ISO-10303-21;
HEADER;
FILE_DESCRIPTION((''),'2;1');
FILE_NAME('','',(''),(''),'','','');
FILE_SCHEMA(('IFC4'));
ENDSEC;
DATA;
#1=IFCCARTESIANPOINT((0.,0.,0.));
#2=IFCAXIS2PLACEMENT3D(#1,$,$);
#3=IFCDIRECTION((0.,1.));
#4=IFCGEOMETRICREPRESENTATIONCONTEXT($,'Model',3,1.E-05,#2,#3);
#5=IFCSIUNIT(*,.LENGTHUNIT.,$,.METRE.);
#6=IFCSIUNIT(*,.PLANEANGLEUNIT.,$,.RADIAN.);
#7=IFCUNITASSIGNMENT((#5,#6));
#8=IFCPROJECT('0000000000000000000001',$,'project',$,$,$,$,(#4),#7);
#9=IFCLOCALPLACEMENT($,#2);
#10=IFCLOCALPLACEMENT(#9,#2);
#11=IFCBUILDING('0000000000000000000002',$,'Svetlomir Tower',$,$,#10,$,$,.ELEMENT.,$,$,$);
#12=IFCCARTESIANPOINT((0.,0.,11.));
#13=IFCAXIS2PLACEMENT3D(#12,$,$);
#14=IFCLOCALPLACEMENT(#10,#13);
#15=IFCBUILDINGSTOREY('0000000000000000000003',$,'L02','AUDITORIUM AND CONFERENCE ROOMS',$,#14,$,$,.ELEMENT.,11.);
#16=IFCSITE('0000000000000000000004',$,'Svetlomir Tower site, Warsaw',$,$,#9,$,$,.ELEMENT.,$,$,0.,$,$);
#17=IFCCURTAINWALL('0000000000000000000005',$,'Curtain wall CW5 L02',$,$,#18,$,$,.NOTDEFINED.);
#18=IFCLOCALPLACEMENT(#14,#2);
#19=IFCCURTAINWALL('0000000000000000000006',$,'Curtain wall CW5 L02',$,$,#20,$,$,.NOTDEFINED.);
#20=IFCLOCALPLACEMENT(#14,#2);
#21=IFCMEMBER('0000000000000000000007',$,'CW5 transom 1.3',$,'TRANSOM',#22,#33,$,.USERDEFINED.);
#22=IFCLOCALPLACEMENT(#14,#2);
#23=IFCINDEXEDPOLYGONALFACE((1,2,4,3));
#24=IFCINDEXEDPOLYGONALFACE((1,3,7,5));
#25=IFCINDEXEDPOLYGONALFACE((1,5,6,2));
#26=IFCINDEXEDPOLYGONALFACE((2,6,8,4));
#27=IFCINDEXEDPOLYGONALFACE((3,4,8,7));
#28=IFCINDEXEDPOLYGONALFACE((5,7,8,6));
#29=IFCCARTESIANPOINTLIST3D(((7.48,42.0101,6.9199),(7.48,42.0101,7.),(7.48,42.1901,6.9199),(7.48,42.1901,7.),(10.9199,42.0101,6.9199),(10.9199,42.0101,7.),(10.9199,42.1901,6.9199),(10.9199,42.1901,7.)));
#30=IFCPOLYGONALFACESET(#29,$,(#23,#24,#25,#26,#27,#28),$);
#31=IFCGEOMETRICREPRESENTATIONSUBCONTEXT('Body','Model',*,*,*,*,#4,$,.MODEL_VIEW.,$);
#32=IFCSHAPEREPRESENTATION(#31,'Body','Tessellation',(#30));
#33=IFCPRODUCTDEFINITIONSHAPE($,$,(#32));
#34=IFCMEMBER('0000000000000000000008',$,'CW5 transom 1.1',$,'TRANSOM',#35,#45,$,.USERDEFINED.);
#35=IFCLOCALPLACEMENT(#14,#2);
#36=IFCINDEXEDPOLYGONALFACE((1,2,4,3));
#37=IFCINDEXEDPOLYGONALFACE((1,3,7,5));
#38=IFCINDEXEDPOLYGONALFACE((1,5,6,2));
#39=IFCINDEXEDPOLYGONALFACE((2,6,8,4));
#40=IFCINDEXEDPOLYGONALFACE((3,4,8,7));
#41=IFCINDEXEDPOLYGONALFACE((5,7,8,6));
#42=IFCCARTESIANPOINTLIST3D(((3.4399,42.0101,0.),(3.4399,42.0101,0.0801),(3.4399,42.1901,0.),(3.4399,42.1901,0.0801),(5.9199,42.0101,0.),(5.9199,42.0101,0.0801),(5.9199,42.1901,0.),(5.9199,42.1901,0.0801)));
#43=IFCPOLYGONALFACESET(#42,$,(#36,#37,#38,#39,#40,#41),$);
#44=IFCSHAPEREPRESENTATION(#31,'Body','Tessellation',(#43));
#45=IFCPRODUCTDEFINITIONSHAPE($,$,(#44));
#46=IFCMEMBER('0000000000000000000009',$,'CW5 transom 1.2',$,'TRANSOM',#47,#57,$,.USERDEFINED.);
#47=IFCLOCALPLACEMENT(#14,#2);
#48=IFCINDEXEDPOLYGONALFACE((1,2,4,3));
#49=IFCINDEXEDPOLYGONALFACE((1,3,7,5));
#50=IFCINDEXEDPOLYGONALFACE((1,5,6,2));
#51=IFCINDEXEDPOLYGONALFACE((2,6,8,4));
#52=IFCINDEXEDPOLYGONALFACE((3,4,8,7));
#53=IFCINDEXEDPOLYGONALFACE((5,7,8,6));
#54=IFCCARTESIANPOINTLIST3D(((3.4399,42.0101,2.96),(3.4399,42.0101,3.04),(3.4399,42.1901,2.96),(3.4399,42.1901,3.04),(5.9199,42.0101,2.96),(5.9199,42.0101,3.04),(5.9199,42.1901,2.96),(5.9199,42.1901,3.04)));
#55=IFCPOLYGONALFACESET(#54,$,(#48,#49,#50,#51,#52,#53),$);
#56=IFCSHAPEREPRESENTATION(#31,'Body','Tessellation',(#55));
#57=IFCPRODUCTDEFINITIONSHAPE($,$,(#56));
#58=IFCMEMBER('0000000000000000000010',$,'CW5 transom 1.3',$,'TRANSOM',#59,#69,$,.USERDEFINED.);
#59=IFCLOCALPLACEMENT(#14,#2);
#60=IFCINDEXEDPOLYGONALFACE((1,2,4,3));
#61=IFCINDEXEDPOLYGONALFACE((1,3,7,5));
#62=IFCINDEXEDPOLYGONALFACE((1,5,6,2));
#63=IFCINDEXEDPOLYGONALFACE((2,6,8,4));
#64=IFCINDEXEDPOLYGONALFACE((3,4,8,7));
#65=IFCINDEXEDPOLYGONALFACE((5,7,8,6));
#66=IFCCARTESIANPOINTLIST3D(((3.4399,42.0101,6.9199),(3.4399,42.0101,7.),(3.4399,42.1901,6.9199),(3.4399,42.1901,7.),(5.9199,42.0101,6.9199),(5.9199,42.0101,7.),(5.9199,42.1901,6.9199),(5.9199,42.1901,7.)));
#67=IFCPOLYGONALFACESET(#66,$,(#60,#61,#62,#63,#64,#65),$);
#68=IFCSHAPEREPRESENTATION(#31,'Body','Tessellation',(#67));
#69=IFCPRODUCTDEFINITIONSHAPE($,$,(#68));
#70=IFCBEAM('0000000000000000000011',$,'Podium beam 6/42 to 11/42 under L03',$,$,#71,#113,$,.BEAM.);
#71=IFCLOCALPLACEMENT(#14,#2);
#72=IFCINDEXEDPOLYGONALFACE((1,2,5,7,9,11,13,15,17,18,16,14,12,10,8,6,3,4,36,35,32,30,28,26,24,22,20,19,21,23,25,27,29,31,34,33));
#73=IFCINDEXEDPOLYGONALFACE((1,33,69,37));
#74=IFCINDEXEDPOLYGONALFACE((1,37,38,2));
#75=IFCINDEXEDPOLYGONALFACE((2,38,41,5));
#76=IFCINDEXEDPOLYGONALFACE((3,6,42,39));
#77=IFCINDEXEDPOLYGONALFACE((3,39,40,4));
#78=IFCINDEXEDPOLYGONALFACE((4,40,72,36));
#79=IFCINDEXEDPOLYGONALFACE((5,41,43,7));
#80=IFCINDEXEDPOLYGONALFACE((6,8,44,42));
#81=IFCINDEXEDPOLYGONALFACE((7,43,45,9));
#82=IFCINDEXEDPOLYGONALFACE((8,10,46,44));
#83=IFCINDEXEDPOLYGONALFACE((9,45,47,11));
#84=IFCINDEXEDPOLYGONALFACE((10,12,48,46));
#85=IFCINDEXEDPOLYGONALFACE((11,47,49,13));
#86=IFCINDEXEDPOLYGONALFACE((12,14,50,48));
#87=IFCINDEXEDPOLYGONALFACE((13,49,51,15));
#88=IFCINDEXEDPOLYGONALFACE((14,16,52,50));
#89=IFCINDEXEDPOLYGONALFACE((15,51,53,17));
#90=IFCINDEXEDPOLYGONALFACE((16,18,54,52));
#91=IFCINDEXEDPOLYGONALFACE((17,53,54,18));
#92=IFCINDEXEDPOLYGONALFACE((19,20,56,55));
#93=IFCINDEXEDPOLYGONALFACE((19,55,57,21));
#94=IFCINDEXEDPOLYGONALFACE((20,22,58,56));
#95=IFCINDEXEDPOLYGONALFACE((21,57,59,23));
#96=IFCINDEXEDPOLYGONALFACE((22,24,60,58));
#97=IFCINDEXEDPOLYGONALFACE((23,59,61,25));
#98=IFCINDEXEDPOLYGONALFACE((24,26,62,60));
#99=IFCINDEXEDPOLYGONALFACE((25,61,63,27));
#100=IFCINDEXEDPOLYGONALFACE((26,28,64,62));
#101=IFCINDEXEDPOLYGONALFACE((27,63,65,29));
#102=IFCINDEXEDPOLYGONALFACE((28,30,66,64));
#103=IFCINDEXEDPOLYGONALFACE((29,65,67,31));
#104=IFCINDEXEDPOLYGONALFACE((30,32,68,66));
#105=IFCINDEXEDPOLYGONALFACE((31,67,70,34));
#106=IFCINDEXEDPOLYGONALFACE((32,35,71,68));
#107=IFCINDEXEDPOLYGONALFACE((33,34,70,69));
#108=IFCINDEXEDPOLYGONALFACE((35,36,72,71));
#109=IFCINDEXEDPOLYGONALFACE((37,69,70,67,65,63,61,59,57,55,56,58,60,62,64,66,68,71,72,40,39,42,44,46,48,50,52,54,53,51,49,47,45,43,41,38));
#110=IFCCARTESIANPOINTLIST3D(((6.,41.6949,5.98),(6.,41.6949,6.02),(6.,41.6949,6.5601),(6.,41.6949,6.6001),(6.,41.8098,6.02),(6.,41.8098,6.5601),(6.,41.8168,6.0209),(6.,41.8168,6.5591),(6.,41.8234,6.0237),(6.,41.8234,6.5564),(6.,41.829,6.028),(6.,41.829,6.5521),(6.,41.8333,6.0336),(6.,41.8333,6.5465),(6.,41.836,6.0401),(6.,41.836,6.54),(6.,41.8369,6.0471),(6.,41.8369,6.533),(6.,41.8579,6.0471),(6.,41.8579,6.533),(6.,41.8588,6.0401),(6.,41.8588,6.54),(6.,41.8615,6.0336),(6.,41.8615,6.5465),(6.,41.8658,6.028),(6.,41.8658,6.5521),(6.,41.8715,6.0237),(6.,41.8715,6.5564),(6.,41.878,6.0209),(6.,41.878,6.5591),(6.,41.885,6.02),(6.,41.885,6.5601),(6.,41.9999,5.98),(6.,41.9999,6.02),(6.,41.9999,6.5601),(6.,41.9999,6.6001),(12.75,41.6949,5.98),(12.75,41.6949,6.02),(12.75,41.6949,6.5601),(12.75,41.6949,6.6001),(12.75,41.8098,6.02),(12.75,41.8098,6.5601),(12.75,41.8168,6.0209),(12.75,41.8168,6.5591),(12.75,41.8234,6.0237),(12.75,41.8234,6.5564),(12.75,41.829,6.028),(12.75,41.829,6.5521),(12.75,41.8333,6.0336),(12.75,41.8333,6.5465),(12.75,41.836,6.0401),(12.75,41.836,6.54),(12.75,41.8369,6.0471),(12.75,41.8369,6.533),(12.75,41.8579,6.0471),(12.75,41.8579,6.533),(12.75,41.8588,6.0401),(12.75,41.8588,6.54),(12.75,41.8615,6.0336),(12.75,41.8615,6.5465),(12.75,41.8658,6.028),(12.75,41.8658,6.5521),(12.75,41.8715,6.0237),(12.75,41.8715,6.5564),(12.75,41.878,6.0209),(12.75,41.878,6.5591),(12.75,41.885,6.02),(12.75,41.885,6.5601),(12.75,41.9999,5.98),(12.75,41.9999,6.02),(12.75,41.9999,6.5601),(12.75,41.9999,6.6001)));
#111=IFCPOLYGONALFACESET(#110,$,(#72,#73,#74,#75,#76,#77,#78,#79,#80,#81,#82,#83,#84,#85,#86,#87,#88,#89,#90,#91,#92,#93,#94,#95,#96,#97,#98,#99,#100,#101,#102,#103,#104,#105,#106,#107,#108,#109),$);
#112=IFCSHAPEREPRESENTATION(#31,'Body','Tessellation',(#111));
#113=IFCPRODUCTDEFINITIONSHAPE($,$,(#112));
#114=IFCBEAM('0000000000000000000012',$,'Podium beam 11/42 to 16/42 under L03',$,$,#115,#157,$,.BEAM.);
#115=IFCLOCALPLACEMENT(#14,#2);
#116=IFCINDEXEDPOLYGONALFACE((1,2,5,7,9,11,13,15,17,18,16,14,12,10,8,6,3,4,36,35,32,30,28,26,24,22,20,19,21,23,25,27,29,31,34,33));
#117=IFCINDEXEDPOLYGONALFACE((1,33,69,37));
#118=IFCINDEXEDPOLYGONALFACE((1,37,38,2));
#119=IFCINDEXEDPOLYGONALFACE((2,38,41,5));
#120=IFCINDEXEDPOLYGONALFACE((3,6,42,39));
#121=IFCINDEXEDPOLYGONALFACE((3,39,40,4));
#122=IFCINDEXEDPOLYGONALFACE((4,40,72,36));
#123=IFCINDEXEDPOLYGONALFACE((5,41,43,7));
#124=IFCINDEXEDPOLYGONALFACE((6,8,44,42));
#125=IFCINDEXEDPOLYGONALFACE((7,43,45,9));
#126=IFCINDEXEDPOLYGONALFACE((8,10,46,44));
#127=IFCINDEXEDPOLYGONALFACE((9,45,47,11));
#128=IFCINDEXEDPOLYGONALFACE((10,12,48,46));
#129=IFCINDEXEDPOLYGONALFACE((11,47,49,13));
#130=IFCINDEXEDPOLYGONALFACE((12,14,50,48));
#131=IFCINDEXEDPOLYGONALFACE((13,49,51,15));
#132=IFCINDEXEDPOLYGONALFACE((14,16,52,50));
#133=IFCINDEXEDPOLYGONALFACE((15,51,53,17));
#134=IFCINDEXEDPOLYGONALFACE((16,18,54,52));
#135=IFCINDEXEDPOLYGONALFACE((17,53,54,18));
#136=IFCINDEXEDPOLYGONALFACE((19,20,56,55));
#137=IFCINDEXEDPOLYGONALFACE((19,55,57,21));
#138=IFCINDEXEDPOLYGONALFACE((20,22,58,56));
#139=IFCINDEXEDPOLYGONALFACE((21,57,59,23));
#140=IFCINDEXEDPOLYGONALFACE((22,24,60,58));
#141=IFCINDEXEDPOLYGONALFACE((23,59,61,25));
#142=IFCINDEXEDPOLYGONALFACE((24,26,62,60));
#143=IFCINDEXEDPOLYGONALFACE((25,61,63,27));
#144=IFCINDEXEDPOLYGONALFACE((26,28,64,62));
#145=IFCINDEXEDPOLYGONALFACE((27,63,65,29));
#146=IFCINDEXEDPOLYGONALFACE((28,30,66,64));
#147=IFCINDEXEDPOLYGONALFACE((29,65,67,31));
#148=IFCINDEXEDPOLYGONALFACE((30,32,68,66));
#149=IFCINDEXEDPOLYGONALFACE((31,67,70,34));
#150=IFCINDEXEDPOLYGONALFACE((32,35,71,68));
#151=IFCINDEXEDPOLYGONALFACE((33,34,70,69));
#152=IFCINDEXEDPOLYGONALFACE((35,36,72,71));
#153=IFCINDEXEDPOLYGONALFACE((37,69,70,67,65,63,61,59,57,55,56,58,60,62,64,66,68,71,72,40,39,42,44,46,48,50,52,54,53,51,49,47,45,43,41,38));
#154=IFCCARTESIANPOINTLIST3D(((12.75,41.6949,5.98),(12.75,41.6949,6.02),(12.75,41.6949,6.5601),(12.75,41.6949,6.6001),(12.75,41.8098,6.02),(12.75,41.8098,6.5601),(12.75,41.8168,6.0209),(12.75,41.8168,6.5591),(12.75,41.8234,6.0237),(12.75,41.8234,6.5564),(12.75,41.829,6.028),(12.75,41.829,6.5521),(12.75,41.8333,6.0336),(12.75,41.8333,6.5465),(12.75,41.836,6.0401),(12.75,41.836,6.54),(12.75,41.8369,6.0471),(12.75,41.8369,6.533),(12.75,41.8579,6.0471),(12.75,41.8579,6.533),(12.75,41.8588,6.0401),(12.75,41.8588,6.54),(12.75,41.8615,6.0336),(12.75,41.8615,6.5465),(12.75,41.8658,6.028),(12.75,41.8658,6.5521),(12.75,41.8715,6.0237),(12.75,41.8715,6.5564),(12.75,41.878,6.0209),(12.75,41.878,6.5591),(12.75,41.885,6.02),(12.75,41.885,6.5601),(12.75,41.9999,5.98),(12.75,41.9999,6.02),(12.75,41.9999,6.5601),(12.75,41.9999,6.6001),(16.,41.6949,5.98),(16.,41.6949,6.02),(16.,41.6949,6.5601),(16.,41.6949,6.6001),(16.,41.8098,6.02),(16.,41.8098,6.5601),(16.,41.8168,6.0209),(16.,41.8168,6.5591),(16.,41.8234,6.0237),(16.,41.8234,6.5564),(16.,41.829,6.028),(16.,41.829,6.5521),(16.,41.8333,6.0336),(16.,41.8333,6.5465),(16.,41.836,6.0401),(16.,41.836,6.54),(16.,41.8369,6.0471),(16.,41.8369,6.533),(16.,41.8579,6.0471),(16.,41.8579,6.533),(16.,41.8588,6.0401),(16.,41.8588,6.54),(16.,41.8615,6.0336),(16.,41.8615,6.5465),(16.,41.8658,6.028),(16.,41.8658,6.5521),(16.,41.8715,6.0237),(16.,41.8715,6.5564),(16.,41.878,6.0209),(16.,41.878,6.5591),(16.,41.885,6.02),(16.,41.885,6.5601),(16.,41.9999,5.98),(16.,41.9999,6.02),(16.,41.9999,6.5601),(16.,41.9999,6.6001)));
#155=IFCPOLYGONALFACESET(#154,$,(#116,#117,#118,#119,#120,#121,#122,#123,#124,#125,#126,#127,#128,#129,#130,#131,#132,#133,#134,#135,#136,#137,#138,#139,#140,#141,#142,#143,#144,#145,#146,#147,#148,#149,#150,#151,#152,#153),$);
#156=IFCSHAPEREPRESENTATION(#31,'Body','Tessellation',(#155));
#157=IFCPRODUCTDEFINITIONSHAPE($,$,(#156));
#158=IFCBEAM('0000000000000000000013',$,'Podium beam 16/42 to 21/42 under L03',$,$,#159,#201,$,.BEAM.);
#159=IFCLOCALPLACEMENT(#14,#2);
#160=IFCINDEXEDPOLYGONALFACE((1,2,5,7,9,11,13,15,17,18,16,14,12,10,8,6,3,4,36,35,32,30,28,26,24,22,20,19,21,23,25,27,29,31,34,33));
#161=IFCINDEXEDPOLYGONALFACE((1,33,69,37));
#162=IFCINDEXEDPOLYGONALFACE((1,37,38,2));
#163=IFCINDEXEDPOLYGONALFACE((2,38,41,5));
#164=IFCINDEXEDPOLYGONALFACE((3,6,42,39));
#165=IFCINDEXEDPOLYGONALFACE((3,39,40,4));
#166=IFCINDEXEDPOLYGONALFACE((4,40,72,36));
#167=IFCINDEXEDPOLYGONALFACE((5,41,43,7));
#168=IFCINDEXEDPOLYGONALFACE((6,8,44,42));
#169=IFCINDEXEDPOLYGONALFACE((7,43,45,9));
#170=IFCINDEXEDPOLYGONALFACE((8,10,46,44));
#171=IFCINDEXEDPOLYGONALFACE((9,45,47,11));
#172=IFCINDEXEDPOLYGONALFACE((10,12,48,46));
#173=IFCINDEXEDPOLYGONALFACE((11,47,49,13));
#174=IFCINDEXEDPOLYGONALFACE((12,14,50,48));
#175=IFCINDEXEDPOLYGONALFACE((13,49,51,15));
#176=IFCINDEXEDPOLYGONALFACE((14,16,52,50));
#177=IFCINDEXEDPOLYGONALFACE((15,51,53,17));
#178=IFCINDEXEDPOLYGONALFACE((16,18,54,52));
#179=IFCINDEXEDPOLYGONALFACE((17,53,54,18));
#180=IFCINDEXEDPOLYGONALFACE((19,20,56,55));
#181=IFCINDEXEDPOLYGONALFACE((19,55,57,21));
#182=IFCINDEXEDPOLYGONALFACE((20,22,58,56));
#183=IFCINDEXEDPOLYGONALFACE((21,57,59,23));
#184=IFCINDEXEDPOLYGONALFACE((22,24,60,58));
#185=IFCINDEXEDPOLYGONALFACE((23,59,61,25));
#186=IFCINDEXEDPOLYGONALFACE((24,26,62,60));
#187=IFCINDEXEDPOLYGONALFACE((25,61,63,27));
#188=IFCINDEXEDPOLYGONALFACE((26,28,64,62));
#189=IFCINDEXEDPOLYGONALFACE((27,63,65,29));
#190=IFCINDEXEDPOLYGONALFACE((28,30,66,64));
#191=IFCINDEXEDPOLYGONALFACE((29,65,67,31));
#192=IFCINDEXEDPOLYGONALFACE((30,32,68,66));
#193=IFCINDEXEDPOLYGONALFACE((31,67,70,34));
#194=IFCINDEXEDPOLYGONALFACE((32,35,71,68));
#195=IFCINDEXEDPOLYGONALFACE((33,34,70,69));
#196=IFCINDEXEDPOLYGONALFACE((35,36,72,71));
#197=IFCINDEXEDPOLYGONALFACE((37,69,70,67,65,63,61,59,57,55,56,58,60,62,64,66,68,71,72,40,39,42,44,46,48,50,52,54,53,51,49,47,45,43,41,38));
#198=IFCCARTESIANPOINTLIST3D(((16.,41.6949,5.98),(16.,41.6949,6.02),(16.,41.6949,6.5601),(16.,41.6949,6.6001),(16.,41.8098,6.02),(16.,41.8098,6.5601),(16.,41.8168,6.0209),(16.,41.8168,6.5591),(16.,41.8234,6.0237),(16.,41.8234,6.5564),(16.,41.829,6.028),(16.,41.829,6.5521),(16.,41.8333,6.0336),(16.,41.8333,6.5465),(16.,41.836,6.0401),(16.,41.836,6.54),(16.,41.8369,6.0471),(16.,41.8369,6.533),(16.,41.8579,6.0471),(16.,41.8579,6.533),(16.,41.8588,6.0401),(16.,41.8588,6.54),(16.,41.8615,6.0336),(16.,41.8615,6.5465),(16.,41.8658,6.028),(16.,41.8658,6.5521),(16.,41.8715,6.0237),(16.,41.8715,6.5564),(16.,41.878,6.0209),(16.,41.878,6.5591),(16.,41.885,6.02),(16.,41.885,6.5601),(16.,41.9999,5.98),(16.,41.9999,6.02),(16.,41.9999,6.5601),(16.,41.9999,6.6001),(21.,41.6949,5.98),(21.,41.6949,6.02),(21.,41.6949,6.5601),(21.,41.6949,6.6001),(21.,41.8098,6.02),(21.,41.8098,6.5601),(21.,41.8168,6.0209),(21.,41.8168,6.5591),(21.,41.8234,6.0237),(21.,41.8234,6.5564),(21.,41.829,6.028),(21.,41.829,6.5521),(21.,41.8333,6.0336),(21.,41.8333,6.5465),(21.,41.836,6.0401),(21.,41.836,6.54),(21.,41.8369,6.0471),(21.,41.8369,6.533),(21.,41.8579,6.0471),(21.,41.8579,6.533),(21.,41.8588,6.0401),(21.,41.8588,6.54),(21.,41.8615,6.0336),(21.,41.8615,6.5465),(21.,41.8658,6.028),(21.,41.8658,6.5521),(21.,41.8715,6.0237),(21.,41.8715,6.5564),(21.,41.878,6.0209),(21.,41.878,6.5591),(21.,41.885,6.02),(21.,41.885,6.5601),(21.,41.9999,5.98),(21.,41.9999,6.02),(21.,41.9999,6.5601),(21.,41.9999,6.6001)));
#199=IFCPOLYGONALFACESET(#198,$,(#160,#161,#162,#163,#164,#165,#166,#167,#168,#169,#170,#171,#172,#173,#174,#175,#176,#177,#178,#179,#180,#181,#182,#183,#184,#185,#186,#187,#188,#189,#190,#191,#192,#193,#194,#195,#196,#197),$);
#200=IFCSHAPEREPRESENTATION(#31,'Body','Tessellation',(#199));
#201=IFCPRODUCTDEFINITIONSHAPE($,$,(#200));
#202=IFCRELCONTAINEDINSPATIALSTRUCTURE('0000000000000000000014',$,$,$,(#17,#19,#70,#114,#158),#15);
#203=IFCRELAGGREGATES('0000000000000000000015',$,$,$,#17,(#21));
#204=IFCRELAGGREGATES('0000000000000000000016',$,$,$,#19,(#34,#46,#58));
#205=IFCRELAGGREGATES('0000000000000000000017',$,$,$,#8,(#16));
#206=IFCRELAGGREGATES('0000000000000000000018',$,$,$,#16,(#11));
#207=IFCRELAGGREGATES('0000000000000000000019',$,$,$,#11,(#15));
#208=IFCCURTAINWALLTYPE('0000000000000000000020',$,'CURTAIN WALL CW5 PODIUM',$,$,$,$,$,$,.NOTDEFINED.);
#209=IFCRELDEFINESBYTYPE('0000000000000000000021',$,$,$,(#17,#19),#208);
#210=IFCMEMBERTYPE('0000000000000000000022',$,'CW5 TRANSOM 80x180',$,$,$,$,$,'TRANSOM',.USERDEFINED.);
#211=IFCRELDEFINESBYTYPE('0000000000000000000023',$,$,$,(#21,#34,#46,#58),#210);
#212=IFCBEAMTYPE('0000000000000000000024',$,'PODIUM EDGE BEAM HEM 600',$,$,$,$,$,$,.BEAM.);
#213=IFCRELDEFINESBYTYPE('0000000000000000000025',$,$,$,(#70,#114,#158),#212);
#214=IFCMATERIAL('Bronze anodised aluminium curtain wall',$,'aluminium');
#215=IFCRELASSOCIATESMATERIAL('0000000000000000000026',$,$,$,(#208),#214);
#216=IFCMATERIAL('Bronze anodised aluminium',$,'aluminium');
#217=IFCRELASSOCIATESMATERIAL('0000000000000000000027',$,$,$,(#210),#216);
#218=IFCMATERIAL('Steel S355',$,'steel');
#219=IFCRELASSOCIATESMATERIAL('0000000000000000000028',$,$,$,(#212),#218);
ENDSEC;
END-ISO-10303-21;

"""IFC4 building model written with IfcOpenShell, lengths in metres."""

from ifc_helpers import new_model, si_unit, direction, frame, origin, origin_2d, place, context, subcontext, project, spatial, rectangle, i_section, extrude, material, material_profile, profile_set, type_object, element, aggregate, save


model = new_model("IFC4")

# Units and contexts
model_context = context("Model", 3, precision=1e-05, world=origin(), true_north=direction((0.0, 1.0)))
body_context = subcontext(model_context, "Body", "Model", "MODEL_VIEW")
ifc_project = project(units=[si_unit("LENGTHUNIT", "METRE"), si_unit("PLANEANGLEUNIT", "RADIAN")], contexts=[model_context])

# Site, building, storey
site_placement = place(None, origin())
site = spatial("IfcSite", under=ifc_project, at=site_placement, Name="Svetlomir Tower site, Warsaw", CompositionType="ELEMENT", RefElevation=0.0)
building_placement = place(site_placement, origin())
building = spatial("IfcBuilding", under=site, at=building_placement, Name="Svetlomir Tower", CompositionType="ELEMENT")
storey_placement = place(building_placement, frame((0.0, 0.0, 11.0)))
storey = spatial("IfcBuildingStorey", under=building, at=storey_placement, Name="L02", Description="AUDITORIUM AND CONFERENCE ROOMS", CompositionType="ELEMENT", Elevation=11.0)

# Curtain walls
ifc_material_1 = material(Name="Bronze anodised aluminium curtain wall", Category="aluminium")
curtain_wall_type = type_object("IfcCurtainWallType", Name="CURTAIN WALL CW5 PODIUM", PredefinedType="NOTDEFINED", material=ifc_material_1)
curtain_wall_1_placement = place(storey_placement, origin())
curtain_wall_1 = element("IfcCurtainWall", 1, at=curtain_wall_1_placement, inside=storey, type_object=curtain_wall_type, Name="Curtain wall CW5 L02", PredefinedType="NOTDEFINED")
curtain_wall_2_placement = place(storey_placement, origin())
curtain_wall_2 = element("IfcCurtainWall", 2, at=curtain_wall_2_placement, inside=storey, type_object=curtain_wall_type, Name="Curtain wall CW5 L02", PredefinedType="NOTDEFINED")

# Members
ifc_material_2 = material(Name="Bronze anodised aluminium", Category="aluminium")
ifc_material_profile_1 = material_profile(ifc_material_2, rectangle(XDim=0.1799, YDim=0.0801, at=origin_2d()), Name="AL 180x80")
ifc_profile_set_1 = profile_set([ifc_material_profile_1], Name="Bronze anodised aluminium 6063-T6")
member_type_1 = type_object("IfcMemberType", Name="CW5 TRANSOM 80x180", ElementType="TRANSOM", PredefinedType="USERDEFINED", material=ifc_profile_set_1)
member_1_placement = place(storey_placement, frame((10.9199, 42.1001, 6.96), z_axis=(-1.0, 0.0, 0.0), x_axis=(0.0, -1.0, 0.0)))
member_1 = element("IfcMember", 3, at=member_1_placement, type_object=member_type_1, Name="CW5 transom 1.3", ObjectType="TRANSOM", PredefinedType="USERDEFINED", context=body_context, shape_type="SweptSolid", body=[
    extrude(rectangle(XDim=0.1799, YDim=0.0801, at=origin_2d()), origin(), (0.0, 0.0, 1.0), 3.4399),
])
member_2_placement = place(storey_placement, frame((5.9199, 42.1001, 0.04), z_axis=(-1.0, 0.0, 0.0), x_axis=(0.0, -1.0, 0.0)))
member_2 = element("IfcMember", 4, at=member_2_placement, type_object=member_type_1, Name="CW5 transom 1.1", ObjectType="TRANSOM", PredefinedType="USERDEFINED", context=body_context, shape_type="SweptSolid", body=[
    extrude(rectangle(XDim=0.1799, YDim=0.0801, at=origin_2d()), origin(), (0.0, 0.0, 1.0), 2.48),
])
member_3_placement = place(storey_placement, frame((5.9199, 42.1001, 3.0), z_axis=(-1.0, 0.0, 0.0), x_axis=(0.0, -1.0, 0.0)))
member_3 = element("IfcMember", 5, at=member_3_placement, type_object=member_type_1, Name="CW5 transom 1.2", ObjectType="TRANSOM", PredefinedType="USERDEFINED", context=body_context, shape_type="SweptSolid", body=[
    extrude(rectangle(XDim=0.1799, YDim=0.0801, at=origin_2d()), origin(), (0.0, 0.0, 1.0), 2.48),
])
member_4_placement = place(storey_placement, frame((5.9199, 42.1001, 6.96), z_axis=(-1.0, 0.0, 0.0), x_axis=(0.0, -1.0, 0.0)))
member_4 = element("IfcMember", 6, at=member_4_placement, type_object=member_type_1, Name="CW5 transom 1.3", ObjectType="TRANSOM", PredefinedType="USERDEFINED", context=body_context, shape_type="SweptSolid", body=[
    extrude(rectangle(XDim=0.1799, YDim=0.0801, at=origin_2d()), origin(), (0.0, 0.0, 1.0), 2.48),
])

# Beams
ifc_material_3 = material(Name="Steel S355", Category="steel")
ifc_material_profile_2 = material_profile(ifc_material_3, i_section(OverallWidth=0.3049, OverallDepth=0.6201, WebThickness=0.021, FlangeThickness=0.04, FilletRadius=0.0271, at=origin_2d()), Name="HEM 600")
ifc_profile_set_2 = profile_set([ifc_material_profile_2], Name="Steel S355")
beam_type = type_object("IfcBeamType", Name="PODIUM EDGE BEAM HEM 600", PredefinedType="BEAM", material=ifc_profile_set_2)
beam_1_placement = place(storey_placement, frame((6.0, 41.8474, 6.29), z_axis=(1.0, 0.0, 0.0), x_axis=(0.0, 1.0, 0.0)))
element("IfcBeam", 7, at=beam_1_placement, inside=storey, type_object=beam_type, Name="Podium beam 6/42 to 11/42 under L03", PredefinedType="BEAM", context=body_context, shape_type="SweptSolid", body=[
    extrude(i_section(OverallWidth=0.3049, OverallDepth=0.6201, WebThickness=0.021, FlangeThickness=0.04, FilletRadius=0.0271, at=origin_2d()), origin(), (0.0, 0.0, 1.0), 6.75),
])
beam_2_placement = place(storey_placement, frame((12.75, 41.8474, 6.29), z_axis=(1.0, 0.0, 0.0), x_axis=(0.0, 1.0, 0.0)))
element("IfcBeam", 8, at=beam_2_placement, inside=storey, type_object=beam_type, Name="Podium beam 11/42 to 16/42 under L03", PredefinedType="BEAM", context=body_context, shape_type="SweptSolid", body=[
    extrude(i_section(OverallWidth=0.3049, OverallDepth=0.6201, WebThickness=0.021, FlangeThickness=0.04, FilletRadius=0.0271, at=origin_2d()), origin(), (0.0, 0.0, 1.0), 3.25),
])
beam_3_placement = place(storey_placement, frame((16.0, 41.8474, 6.29), z_axis=(1.0, 0.0, 0.0), x_axis=(0.0, 1.0, 0.0)))
element("IfcBeam", 9, at=beam_3_placement, inside=storey, type_object=beam_type, Name="Podium beam 16/42 to 21/42 under L03", PredefinedType="BEAM", context=body_context, shape_type="SweptSolid", body=[
    extrude(i_section(OverallWidth=0.3049, OverallDepth=0.6201, WebThickness=0.021, FlangeThickness=0.04, FilletRadius=0.0271, at=origin_2d()), origin(), (0.0, 0.0, 1.0), 5.0),
])

aggregate(curtain_wall_1, [member_1])
aggregate(curtain_wall_2, [member_2, member_3, member_4])

save(model, "model.ifc")
